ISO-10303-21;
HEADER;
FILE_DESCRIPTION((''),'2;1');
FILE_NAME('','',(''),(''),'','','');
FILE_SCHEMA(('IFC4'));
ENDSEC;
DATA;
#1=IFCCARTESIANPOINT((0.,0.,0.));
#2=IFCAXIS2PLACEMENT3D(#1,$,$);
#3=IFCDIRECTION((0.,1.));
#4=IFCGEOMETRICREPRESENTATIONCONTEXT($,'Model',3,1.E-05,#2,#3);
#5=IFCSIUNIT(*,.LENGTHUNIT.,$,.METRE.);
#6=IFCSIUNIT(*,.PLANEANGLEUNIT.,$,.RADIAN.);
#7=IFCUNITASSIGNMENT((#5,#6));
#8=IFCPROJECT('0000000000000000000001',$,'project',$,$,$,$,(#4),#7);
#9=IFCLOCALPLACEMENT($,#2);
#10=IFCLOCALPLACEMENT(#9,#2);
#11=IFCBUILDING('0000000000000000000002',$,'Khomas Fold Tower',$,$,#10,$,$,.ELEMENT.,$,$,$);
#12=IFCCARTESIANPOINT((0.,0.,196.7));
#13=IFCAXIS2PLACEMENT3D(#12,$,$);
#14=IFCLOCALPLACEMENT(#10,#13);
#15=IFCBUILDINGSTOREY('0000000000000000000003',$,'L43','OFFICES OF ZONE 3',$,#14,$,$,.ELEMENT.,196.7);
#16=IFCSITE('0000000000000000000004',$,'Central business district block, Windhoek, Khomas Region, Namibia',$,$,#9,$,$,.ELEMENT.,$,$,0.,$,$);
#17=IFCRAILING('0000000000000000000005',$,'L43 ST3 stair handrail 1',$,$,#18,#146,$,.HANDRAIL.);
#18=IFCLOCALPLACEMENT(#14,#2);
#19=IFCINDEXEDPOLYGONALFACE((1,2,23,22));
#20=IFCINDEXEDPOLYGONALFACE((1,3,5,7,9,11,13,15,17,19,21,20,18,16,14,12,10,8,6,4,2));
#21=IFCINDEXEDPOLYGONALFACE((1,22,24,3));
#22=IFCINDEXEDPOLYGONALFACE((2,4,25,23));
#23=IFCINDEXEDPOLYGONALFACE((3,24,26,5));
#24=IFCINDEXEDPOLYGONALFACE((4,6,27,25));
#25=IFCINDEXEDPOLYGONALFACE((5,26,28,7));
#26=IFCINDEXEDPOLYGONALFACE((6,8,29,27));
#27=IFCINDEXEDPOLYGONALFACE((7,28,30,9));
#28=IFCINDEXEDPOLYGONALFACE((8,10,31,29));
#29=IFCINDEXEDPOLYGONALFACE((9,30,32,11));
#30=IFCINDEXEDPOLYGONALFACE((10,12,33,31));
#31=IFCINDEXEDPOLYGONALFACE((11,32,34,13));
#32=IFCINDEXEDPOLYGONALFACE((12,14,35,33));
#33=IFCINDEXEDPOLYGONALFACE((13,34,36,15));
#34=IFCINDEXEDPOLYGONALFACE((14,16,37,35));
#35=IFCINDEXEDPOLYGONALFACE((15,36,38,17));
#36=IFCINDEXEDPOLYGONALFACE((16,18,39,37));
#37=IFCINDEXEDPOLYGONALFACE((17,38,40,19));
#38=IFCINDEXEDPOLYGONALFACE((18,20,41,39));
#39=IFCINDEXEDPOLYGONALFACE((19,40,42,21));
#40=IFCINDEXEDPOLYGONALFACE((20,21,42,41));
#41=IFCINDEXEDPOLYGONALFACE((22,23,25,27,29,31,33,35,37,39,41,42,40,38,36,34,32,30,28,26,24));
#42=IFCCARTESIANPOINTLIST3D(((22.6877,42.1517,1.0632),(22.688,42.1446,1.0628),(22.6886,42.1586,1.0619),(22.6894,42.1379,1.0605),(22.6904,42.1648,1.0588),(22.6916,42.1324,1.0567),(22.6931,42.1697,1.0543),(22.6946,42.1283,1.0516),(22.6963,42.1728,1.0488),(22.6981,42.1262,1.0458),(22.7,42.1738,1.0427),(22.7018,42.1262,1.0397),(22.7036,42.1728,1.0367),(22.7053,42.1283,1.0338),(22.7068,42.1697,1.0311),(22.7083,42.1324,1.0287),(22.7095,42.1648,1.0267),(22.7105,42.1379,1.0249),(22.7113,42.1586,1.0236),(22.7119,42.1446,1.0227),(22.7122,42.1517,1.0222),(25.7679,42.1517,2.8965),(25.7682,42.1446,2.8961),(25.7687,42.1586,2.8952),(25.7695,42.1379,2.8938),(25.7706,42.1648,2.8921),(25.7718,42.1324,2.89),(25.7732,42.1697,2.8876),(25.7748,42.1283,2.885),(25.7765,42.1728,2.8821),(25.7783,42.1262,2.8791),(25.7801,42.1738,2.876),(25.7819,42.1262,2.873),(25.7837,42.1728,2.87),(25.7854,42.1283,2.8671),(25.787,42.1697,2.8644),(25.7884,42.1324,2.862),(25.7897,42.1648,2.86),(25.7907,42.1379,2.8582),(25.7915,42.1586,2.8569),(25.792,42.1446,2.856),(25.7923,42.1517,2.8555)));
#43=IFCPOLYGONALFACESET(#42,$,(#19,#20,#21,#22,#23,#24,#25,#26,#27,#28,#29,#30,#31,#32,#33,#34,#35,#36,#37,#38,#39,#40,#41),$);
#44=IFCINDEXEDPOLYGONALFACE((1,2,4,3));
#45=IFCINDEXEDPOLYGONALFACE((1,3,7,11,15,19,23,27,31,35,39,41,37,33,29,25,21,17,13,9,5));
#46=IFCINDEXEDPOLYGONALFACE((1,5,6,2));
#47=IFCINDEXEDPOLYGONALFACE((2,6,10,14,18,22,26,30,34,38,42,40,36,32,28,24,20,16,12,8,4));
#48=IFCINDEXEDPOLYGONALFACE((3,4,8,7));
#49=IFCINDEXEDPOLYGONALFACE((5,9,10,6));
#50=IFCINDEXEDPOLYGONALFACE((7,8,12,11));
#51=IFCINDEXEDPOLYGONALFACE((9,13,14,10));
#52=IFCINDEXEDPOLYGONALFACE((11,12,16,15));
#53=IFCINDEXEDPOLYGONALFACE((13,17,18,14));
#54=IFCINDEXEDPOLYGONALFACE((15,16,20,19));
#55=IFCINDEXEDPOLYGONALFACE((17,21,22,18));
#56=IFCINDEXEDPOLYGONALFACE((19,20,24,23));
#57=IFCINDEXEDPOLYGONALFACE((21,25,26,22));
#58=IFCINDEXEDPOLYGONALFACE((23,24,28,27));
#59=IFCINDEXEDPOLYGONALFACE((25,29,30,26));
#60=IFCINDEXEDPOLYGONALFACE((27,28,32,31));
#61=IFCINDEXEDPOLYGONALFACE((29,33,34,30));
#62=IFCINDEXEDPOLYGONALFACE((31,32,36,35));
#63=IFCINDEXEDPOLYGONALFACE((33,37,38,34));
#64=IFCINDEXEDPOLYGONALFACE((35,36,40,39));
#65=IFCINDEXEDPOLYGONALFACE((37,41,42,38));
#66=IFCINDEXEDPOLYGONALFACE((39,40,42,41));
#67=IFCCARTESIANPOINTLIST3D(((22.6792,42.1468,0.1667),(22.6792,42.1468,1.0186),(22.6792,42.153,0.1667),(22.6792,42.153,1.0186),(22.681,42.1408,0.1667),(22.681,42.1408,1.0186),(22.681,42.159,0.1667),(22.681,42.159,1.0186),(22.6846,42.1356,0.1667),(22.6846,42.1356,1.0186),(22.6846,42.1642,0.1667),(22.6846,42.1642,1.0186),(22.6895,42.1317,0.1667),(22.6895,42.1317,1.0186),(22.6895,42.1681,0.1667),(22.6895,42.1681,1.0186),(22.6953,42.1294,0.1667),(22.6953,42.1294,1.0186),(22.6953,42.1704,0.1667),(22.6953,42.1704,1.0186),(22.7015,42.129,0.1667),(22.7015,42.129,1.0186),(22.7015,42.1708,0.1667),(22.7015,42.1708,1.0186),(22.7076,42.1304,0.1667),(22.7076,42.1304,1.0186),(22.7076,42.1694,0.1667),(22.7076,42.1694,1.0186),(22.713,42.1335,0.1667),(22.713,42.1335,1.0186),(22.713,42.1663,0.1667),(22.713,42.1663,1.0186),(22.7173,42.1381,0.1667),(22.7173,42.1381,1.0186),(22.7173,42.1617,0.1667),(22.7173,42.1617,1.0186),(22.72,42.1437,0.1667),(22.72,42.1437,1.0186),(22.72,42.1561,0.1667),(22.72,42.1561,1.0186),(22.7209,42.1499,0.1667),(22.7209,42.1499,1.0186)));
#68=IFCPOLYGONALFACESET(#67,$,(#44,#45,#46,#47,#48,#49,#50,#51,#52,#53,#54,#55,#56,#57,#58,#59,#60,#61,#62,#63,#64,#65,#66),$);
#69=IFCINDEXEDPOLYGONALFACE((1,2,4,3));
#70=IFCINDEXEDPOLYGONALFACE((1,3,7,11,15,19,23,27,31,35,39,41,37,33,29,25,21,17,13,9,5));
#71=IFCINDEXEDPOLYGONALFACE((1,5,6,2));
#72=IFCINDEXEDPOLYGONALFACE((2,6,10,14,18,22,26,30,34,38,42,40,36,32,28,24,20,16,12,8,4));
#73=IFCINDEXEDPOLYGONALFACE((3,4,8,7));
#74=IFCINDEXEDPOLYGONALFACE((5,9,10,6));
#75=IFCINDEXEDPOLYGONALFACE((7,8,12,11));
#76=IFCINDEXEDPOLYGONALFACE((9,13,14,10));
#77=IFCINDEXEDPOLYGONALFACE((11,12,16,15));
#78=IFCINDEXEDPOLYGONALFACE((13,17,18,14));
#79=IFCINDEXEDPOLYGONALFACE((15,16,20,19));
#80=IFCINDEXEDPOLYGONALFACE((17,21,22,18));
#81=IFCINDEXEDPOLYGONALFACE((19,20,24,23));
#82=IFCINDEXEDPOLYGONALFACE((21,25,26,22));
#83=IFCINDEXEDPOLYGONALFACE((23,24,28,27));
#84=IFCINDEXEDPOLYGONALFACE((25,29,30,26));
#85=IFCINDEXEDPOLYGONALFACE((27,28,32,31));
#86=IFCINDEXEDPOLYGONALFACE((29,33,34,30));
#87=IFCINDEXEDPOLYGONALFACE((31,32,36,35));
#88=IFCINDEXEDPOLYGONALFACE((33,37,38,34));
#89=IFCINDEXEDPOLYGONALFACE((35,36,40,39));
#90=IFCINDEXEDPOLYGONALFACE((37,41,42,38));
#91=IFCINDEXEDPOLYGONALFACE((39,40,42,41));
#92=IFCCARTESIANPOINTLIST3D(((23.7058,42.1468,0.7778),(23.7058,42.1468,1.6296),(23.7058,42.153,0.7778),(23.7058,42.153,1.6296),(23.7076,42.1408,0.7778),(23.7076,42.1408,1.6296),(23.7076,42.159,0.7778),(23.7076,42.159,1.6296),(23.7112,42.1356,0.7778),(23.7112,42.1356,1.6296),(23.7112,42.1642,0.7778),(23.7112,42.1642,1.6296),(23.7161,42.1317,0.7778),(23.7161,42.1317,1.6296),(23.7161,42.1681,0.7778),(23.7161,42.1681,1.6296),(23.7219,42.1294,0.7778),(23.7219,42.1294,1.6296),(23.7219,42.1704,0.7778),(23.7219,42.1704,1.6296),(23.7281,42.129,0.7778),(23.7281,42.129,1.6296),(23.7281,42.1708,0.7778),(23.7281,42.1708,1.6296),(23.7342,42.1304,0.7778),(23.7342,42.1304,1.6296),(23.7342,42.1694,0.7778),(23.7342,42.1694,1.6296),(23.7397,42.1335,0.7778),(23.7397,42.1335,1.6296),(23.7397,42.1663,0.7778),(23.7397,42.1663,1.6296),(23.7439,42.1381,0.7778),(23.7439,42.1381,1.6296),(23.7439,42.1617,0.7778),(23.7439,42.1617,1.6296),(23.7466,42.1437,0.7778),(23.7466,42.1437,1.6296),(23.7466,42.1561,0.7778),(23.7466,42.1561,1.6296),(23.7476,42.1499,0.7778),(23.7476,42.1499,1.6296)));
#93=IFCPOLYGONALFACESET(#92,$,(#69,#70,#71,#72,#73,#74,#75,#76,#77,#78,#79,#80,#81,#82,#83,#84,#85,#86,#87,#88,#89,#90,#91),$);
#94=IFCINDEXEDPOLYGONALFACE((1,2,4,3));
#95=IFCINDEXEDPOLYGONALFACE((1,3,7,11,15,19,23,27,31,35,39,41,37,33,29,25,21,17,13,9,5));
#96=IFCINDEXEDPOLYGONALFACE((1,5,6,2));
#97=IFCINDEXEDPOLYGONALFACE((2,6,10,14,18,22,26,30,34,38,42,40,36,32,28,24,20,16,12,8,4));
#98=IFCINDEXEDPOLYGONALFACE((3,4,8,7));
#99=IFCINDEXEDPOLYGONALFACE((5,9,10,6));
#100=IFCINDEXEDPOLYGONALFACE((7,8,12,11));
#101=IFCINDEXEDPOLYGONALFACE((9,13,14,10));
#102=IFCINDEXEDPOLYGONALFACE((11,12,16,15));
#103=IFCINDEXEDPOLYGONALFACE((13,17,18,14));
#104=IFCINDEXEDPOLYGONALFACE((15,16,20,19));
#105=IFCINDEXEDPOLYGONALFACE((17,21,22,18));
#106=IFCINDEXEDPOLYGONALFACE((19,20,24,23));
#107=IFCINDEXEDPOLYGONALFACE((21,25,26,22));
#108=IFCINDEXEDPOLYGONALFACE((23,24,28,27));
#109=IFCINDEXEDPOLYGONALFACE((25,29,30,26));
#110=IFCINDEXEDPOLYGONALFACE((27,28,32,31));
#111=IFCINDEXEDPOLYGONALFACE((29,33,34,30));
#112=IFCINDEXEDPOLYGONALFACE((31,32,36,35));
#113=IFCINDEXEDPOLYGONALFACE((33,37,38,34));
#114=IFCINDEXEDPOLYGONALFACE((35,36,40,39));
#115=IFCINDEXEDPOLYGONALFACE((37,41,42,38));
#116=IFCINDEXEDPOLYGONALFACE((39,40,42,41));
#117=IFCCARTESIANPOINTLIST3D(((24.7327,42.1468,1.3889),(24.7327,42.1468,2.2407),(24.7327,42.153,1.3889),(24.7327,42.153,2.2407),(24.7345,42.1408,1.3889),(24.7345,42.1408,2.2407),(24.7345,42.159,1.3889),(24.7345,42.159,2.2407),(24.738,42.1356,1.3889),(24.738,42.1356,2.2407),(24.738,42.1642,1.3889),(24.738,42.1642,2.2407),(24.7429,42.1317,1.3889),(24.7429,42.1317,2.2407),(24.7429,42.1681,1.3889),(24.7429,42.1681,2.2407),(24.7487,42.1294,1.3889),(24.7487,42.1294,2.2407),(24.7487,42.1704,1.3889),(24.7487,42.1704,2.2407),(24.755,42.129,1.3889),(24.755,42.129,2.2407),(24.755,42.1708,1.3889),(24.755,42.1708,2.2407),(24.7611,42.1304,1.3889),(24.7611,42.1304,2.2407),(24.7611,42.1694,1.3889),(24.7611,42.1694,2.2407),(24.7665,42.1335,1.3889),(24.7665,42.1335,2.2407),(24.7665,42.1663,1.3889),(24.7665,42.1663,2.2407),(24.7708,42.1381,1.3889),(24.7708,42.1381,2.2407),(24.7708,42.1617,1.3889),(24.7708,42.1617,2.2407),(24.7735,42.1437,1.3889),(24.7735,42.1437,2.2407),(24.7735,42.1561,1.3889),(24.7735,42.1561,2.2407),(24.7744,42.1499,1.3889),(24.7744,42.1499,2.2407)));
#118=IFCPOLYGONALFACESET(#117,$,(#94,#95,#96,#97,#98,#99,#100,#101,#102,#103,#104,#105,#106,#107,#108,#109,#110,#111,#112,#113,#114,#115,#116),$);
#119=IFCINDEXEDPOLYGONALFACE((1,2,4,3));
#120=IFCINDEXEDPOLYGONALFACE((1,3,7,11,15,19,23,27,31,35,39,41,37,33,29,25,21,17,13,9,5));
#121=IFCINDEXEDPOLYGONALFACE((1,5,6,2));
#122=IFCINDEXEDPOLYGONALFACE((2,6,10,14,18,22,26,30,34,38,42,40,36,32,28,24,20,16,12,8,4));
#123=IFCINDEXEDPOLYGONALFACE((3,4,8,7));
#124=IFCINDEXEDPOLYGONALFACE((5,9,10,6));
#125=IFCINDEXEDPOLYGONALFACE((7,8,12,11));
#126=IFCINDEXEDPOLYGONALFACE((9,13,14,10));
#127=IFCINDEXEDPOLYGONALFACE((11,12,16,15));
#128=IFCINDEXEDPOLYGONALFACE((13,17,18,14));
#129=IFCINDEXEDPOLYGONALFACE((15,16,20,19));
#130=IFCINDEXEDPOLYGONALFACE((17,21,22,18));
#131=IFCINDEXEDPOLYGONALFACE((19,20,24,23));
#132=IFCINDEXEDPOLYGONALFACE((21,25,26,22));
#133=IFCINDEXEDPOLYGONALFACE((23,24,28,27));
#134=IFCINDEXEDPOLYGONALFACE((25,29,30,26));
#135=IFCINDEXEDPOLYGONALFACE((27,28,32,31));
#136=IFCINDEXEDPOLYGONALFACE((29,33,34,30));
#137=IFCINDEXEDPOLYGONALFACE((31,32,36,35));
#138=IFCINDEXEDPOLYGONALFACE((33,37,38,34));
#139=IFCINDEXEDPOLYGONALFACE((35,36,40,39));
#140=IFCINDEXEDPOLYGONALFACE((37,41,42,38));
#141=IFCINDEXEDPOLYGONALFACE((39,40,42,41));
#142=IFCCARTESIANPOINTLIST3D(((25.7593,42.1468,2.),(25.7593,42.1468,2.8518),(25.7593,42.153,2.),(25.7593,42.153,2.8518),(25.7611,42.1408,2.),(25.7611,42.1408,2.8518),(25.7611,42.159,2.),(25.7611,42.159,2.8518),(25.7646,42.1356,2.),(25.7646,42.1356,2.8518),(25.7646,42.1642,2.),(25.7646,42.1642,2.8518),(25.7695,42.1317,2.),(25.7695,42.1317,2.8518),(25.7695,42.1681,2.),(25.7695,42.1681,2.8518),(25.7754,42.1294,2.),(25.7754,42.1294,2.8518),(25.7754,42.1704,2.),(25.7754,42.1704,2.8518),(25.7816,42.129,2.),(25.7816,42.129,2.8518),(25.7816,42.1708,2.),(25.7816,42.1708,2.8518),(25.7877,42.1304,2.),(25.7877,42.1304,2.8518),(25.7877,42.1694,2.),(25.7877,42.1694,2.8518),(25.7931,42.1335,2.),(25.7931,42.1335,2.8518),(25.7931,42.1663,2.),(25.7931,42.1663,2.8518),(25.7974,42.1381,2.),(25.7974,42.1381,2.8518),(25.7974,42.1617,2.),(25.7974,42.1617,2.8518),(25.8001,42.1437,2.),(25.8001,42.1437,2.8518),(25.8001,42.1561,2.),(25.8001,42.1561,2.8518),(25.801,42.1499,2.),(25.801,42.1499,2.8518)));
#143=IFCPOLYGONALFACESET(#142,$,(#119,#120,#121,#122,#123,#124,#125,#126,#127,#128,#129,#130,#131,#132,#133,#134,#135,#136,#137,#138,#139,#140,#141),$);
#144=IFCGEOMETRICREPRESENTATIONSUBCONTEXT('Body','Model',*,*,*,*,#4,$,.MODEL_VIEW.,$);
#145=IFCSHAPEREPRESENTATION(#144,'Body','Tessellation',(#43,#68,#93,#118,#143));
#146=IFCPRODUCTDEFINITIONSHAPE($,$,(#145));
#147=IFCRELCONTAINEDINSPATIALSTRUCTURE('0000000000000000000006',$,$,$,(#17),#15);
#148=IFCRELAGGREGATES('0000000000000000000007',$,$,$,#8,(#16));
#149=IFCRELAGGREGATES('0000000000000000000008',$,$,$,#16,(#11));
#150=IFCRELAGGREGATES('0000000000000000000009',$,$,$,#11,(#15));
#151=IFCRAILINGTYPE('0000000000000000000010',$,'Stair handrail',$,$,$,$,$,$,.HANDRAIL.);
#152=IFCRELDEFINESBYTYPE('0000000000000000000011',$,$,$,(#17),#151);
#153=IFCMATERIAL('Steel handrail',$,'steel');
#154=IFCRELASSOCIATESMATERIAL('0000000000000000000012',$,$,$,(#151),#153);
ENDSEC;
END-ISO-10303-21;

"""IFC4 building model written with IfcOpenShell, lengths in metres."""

from ifc_helpers import new_model, si_unit, direction, frame, origin, origin_2d, place, context, subcontext, project, spatial, circle, extrude, source, transform, mapped, material, type_object, element, save


model = new_model("IFC4")

# Units and contexts
model_context = context("Model", 3, precision=1e-05, world=origin(), true_north=direction((0.0, 1.0)))
body_context = subcontext(model_context, "Body", "Model", "MODEL_VIEW")
ifc_project = project(units=[si_unit("LENGTHUNIT", "METRE"), si_unit("PLANEANGLEUNIT", "RADIAN")], contexts=[model_context])

# Site, building, storey
site_placement = place(None, origin())
site = spatial("IfcSite", under=ifc_project, at=site_placement, Name="Central business district block, Windhoek, Khomas Region, Namibia", CompositionType="ELEMENT", RefElevation=0.0)
building_placement = place(site_placement, origin())
building = spatial("IfcBuilding", under=site, at=building_placement, Name="Khomas Fold Tower", CompositionType="ELEMENT")
storey_placement = place(building_placement, frame((0.0, 0.0, 196.7)))
storey = spatial("IfcBuildingStorey", under=building, at=storey_placement, Name="L43", Description="OFFICES OF ZONE 3", CompositionType="ELEMENT", Elevation=196.7)

# Railing
ifc_material_1 = material(Name="Steel handrail", Category="steel")
railing_type_1 = type_object("IfcRailingType", Name="Stair handrail", PredefinedType="HANDRAIL", material=ifc_material_1)
shared_shape_1 = source(origin(), body_context, "Body", "SweptSolid", [
    extrude(circle(Radius=0.0239, at=origin_2d()), frame((0.0, 0.0, 0.876), z_axis=(0.859309, 0.0, 0.511458), x_axis=(0.0, 1.0, 0.0)), (0.0, 0.0, 1.0), 3.5845),
    extrude(circle(Radius=0.021, at=origin_2d()), origin(), (0.0, 0.0, 1.0), 0.8518),
    extrude(circle(Radius=0.021, at=origin_2d()), frame((1.0266, 0.0, 0.6111)), (0.0, 0.0, 1.0), 0.8518),
    extrude(circle(Radius=0.021, at=origin_2d()), frame((2.0535, 0.0, 1.2222)), (0.0, 0.0, 1.0), 0.8518),
    extrude(circle(Radius=0.021, at=origin_2d()), frame((3.0801, 0.0, 1.8333)), (0.0, 0.0, 1.0), 0.8518),
])
railing_1_placement = place(storey_placement, frame((22.7, 42.1499, 0.1667)))
element("IfcRailing", 1, at=railing_1_placement, inside=storey, type_object=railing_type_1, Name="L43 ST3 stair handrail 1", PredefinedType="HANDRAIL", context=body_context, shape_type="MappedRepresentation", body=[
    mapped(shared_shape_1, transform((0.0, 0.0, 0.0))),
])

save(model, "model.ifc")
